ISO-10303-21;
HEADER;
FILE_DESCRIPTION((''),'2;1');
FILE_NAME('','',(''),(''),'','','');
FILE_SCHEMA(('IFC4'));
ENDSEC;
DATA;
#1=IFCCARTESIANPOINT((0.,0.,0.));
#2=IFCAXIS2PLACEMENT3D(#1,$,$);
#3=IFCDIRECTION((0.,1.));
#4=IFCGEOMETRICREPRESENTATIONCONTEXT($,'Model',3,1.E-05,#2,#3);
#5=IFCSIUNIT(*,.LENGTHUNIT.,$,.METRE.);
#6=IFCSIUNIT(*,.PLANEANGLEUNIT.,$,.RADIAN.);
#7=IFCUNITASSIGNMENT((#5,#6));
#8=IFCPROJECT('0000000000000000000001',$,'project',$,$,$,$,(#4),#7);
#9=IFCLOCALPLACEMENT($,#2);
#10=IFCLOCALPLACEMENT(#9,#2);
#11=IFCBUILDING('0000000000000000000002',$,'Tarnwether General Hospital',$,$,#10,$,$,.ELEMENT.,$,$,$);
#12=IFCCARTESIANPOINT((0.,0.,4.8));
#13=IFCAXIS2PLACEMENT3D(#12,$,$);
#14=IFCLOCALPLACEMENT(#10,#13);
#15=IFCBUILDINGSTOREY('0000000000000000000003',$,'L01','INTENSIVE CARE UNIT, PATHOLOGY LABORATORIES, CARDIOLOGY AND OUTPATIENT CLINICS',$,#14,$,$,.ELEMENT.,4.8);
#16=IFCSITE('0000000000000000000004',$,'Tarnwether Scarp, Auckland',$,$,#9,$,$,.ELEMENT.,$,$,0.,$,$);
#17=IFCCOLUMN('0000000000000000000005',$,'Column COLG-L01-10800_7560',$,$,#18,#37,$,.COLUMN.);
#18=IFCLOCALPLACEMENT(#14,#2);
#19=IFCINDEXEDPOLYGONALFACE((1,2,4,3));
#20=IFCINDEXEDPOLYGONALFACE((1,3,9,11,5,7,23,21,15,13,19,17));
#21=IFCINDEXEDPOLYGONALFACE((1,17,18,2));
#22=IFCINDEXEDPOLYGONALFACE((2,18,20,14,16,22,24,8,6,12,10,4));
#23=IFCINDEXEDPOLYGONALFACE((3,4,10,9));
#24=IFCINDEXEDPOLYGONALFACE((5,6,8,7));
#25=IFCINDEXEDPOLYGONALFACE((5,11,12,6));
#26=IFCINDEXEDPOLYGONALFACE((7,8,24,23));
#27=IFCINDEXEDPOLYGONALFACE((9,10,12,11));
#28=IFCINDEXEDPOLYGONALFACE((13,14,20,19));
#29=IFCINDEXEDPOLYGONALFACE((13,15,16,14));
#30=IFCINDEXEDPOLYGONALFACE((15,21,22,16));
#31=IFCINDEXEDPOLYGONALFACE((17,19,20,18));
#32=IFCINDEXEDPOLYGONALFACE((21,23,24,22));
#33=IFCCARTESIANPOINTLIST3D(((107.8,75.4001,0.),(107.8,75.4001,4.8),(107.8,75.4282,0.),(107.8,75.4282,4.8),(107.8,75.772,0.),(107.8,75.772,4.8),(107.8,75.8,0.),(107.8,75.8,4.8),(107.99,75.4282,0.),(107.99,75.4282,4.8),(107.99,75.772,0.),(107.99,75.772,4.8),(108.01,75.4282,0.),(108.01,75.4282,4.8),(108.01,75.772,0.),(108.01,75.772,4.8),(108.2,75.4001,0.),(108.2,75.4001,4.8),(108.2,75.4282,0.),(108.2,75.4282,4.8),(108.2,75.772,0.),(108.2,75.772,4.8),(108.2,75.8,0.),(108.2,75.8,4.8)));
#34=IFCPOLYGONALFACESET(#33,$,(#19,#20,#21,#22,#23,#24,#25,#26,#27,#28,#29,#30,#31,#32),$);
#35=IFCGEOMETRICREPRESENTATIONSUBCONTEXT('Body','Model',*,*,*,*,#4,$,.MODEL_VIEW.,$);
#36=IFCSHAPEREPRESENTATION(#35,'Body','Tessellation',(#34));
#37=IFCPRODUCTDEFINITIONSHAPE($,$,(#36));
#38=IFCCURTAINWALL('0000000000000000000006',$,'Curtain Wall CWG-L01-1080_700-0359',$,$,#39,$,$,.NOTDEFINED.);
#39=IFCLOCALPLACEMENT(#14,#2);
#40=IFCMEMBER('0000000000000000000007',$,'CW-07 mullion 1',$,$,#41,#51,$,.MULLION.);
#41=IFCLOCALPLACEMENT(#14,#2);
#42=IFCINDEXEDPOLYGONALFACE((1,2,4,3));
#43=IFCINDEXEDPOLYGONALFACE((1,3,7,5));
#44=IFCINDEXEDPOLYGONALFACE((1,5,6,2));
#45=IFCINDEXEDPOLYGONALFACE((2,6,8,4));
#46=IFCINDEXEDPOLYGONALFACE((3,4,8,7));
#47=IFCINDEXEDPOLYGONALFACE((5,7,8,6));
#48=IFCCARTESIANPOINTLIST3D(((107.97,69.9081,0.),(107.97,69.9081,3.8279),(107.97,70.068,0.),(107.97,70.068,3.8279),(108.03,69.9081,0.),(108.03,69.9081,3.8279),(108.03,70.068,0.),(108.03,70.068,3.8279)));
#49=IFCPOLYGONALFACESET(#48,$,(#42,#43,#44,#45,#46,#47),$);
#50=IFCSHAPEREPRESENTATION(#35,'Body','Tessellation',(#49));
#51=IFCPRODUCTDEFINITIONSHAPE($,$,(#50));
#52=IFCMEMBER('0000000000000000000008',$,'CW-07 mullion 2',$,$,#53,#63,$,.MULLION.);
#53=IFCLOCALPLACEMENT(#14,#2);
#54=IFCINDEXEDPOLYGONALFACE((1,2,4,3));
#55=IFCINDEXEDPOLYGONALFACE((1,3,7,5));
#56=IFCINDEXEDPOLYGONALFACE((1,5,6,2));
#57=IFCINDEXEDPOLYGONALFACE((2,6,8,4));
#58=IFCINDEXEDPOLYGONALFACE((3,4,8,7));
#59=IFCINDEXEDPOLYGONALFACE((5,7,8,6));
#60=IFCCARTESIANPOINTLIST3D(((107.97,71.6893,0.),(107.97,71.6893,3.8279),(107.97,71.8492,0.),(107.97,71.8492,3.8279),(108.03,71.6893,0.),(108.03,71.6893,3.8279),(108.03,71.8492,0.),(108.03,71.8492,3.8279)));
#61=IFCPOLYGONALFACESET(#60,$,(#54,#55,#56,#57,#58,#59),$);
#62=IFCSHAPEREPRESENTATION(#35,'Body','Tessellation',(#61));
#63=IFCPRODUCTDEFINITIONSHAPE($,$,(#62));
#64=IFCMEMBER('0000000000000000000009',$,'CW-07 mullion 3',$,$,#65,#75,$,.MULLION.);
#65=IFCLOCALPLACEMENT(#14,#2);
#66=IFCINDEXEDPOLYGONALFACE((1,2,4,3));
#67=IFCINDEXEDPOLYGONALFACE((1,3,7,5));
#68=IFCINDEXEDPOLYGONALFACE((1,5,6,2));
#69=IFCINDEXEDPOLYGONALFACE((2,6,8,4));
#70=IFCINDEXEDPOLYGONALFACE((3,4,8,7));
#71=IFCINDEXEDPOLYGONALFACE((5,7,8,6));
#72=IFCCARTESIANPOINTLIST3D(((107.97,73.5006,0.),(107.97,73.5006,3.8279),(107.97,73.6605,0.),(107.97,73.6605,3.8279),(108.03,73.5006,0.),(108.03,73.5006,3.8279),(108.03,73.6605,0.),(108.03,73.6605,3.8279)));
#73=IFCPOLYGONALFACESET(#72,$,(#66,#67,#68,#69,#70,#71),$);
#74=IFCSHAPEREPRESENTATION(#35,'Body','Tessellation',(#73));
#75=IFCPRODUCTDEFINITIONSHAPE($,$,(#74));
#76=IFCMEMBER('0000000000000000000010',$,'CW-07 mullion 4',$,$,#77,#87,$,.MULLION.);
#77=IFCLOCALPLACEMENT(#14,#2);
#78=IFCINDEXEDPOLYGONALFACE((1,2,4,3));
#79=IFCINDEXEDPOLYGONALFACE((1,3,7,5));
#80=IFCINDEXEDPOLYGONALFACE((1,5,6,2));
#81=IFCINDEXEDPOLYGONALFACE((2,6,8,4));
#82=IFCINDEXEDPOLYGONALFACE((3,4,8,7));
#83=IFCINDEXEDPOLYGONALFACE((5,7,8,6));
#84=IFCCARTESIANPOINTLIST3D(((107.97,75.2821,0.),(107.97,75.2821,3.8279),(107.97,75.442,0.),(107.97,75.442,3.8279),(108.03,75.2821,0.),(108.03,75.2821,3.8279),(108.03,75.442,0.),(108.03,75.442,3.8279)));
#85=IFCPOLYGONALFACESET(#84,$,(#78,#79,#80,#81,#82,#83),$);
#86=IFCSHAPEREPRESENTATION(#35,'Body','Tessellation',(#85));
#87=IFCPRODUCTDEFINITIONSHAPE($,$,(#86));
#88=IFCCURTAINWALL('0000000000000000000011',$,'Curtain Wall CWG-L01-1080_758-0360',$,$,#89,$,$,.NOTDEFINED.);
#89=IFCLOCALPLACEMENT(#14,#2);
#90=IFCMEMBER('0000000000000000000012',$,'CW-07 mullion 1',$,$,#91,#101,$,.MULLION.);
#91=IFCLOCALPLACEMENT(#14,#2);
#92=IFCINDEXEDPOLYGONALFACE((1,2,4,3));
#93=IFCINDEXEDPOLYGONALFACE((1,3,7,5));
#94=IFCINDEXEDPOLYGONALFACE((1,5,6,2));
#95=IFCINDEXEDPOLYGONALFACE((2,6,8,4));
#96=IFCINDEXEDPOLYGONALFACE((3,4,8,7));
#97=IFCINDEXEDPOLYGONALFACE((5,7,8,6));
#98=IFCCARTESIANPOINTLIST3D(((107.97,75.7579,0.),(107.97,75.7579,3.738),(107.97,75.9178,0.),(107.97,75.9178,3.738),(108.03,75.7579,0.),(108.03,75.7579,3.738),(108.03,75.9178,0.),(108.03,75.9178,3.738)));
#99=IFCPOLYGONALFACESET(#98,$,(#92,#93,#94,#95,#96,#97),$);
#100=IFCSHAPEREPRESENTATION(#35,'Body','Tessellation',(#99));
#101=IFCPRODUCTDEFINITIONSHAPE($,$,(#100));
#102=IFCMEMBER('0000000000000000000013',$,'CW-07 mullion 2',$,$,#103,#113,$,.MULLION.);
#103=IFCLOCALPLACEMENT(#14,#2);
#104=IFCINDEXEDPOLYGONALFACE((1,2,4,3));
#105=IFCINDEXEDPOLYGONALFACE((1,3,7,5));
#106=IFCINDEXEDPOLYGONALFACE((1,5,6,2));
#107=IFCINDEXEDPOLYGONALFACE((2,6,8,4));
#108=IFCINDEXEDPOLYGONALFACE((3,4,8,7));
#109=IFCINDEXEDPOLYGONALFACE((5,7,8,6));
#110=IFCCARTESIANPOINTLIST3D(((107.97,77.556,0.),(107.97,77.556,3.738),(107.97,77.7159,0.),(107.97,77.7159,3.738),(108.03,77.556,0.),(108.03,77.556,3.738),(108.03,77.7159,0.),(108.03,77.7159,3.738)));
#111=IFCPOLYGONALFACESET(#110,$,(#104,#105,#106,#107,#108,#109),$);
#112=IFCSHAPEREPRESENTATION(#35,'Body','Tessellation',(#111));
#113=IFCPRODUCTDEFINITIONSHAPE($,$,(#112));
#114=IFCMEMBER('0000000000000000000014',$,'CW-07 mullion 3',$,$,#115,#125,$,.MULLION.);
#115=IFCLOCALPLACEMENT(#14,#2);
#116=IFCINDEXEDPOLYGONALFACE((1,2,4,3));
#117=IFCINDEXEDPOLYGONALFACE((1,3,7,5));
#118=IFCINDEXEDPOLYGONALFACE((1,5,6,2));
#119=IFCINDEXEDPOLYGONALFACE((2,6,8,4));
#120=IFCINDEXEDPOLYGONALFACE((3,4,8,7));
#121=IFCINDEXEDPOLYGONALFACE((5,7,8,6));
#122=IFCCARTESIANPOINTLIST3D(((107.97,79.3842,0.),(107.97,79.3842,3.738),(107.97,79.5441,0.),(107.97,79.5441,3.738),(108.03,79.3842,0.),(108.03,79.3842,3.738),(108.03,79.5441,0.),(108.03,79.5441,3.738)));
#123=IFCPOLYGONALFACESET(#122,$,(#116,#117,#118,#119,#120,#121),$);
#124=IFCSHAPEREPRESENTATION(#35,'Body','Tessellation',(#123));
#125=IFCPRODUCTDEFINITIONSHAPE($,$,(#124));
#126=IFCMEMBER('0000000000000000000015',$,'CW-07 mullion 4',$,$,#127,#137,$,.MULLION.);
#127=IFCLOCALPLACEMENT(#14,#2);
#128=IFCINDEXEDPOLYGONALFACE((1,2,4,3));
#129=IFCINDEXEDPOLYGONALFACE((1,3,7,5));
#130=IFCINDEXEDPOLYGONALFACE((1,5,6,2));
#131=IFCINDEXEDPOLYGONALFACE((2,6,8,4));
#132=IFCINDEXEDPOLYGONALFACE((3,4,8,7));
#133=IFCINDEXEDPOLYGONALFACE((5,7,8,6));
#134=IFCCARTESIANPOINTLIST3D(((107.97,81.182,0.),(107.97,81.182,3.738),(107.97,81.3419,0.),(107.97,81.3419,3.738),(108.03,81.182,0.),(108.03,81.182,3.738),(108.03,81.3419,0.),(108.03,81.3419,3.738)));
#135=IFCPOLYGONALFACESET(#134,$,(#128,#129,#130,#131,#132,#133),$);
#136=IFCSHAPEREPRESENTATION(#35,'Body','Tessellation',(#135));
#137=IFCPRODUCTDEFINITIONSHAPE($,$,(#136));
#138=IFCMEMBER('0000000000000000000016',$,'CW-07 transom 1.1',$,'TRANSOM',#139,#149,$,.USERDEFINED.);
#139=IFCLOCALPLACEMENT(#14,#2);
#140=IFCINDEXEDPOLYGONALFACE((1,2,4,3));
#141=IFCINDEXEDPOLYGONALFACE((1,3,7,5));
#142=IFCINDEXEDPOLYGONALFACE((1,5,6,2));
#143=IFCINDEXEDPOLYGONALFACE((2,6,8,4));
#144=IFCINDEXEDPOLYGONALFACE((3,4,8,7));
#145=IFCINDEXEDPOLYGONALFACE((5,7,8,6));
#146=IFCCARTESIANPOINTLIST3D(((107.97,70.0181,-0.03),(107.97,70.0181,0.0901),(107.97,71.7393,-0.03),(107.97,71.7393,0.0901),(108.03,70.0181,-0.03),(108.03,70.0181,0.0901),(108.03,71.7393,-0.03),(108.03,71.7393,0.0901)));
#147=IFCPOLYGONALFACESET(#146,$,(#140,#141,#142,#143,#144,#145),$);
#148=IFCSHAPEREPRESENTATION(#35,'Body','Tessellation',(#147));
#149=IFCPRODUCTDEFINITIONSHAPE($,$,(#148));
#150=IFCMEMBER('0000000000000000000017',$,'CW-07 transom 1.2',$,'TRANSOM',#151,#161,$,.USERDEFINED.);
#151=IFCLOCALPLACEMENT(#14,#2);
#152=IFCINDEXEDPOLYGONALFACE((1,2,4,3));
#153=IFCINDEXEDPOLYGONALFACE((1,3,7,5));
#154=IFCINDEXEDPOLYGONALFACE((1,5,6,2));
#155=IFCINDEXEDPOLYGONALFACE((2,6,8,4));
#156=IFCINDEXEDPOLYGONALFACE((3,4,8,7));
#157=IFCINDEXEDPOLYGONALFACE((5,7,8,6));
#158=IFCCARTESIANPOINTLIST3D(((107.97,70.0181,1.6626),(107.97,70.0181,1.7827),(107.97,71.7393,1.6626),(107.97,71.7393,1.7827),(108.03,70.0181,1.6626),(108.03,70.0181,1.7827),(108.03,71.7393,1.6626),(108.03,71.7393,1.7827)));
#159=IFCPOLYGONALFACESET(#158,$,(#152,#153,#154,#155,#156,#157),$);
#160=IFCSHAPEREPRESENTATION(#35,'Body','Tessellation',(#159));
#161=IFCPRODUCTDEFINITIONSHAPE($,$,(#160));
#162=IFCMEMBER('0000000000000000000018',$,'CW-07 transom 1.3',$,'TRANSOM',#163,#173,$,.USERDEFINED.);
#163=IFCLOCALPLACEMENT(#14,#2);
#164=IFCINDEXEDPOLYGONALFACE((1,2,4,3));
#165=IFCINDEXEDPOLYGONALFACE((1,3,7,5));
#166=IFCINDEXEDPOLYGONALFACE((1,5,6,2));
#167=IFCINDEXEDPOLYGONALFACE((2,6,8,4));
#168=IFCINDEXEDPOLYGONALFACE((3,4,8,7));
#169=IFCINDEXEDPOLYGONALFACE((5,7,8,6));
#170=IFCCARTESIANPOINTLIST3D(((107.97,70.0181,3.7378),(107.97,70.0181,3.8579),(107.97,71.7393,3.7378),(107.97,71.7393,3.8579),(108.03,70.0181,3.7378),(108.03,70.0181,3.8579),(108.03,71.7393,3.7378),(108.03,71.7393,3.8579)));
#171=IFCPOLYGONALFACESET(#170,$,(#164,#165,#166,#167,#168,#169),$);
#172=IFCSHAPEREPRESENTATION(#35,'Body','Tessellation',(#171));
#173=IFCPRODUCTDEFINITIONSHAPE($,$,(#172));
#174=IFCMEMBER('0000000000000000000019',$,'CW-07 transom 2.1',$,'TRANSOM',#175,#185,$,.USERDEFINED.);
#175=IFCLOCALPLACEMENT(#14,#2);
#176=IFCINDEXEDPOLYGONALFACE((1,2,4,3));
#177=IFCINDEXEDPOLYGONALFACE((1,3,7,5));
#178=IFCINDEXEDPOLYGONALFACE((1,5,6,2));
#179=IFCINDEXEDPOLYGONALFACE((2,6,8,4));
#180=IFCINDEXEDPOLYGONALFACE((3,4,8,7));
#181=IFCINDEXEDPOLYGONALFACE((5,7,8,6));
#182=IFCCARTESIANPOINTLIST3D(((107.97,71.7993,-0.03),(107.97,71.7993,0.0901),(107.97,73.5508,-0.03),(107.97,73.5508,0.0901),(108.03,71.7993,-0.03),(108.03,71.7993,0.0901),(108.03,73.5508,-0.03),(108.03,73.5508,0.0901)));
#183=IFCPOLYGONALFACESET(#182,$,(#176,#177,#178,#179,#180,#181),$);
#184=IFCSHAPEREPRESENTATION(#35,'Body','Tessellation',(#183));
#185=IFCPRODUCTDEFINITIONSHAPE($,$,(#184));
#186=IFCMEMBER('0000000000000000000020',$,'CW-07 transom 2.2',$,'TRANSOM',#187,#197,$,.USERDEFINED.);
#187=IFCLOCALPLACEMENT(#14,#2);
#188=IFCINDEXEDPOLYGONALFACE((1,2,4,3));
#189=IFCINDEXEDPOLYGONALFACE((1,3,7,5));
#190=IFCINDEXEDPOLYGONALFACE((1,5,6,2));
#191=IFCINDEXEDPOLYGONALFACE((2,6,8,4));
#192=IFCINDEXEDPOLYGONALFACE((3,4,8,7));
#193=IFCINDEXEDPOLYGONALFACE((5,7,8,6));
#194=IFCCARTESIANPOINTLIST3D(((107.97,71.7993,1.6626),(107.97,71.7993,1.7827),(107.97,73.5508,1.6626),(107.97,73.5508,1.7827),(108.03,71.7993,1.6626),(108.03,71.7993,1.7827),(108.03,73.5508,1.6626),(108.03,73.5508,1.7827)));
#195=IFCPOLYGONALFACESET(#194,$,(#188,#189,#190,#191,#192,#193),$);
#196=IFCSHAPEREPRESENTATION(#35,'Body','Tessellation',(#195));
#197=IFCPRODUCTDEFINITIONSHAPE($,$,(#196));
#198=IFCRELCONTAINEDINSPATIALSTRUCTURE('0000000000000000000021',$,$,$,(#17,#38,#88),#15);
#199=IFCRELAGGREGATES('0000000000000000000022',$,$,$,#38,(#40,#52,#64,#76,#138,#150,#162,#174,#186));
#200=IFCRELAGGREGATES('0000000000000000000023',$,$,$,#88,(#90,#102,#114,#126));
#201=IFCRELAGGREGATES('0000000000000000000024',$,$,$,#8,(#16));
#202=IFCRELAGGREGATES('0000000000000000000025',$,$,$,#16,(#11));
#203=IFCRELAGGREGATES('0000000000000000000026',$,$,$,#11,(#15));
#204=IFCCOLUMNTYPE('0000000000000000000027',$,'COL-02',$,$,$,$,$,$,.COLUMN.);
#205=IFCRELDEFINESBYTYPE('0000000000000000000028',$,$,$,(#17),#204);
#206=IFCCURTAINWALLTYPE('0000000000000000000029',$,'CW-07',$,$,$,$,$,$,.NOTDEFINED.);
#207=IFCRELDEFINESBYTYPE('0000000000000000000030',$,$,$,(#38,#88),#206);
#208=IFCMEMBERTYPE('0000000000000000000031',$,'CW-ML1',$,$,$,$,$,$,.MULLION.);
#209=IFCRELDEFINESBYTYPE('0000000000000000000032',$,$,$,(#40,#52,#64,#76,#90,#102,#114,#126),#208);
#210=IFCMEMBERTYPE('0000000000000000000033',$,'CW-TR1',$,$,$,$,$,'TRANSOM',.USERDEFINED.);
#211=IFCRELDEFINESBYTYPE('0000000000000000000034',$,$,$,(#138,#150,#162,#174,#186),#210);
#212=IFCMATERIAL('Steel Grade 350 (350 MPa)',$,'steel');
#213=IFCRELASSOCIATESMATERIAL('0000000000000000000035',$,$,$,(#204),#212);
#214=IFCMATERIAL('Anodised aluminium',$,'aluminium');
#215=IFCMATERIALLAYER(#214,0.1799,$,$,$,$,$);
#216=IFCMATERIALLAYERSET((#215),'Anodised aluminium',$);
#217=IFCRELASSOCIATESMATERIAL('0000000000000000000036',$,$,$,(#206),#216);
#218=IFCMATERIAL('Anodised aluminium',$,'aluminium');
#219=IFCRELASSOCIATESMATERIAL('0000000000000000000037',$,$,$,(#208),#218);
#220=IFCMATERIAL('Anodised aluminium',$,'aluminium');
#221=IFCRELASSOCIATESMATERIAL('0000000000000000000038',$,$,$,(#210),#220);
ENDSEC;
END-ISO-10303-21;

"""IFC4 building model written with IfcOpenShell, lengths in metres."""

from ifc_helpers import new_model, si_unit, direction, frame, origin, origin_2d, place, context, subcontext, project, spatial, rectangle, i_section, extrude, material, layer, layer_set, material_profile, profile_set, type_object, element, aggregate, save


model = new_model("IFC4")

# Units and contexts
model_context = context("Model", 3, precision=1e-05, world=origin(), true_north=direction((0.0, 1.0)))
body_context = subcontext(model_context, "Body", "Model", "MODEL_VIEW")
ifc_project = project(units=[si_unit("LENGTHUNIT", "METRE"), si_unit("PLANEANGLEUNIT", "RADIAN")], contexts=[model_context])

# Site, building, storey
site_placement = place(None, origin())
site = spatial("IfcSite", under=ifc_project, at=site_placement, Name="Tarnwether Scarp, Auckland", CompositionType="ELEMENT", RefElevation=0.0)
building_placement = place(site_placement, origin())
building = spatial("IfcBuilding", under=site, at=building_placement, Name="Tarnwether General Hospital", CompositionType="ELEMENT")
storey_placement = place(building_placement, frame((0.0, 0.0, 4.8)))
storey = spatial("IfcBuildingStorey", under=building, at=storey_placement, Name="L01", Description="INTENSIVE CARE UNIT, PATHOLOGY LABORATORIES, CARDIOLOGY AND OUTPATIENT CLINICS", CompositionType="ELEMENT", Elevation=4.8)

# Column
ifc_material_1 = material(Name="Steel Grade 350 (350 MPa)", Category="steel")
ifc_material_profile_1 = material_profile(ifc_material_1, i_section(OverallWidth=0.3999, OverallDepth=0.3999, WebThickness=0.02, FlangeThickness=0.0281, at=origin_2d()), Name="400WC270")
ifc_profile_set_1 = profile_set([ifc_material_profile_1], Name="Steel Grade 350 (350 MPa)")
column_type = type_object("IfcColumnType", Name="COL-02", PredefinedType="COLUMN", material=ifc_profile_set_1)
column_placement = place(storey_placement, frame((108.0, 75.6001, 0.0), z_axis=(0.0, 0.0, 1.0), x_axis=(1.0, 0.0, 0.0)))
element("IfcColumn", 1, at=column_placement, inside=storey, type_object=column_type, Name="Column COLG-L01-10800_7560", PredefinedType="COLUMN", context=body_context, shape_type="SweptSolid", body=[
    extrude(i_section(OverallWidth=0.3999, OverallDepth=0.3999, WebThickness=0.02, FlangeThickness=0.0281, at=origin_2d()), origin(), (0.0, 0.0, 1.0), 4.8),
])

# Curtain walls, members
ifc_material_2 = material(Name="Anodised aluminium", Category="aluminium")
ifc_layer_1 = layer(ifc_material_2, 0.1799)
ifc_layer_set_1 = layer_set([ifc_layer_1], Name="Anodised aluminium")
curtain_wall_type = type_object("IfcCurtainWallType", Name="CW-07", PredefinedType="NOTDEFINED", material=ifc_layer_set_1)
curtain_wall_1_placement = place(storey_placement, origin())
curtain_wall_1 = element("IfcCurtainWall", 2, at=curtain_wall_1_placement, inside=storey, type_object=curtain_wall_type, Name="Curtain Wall CWG-L01-1080_700-0359", PredefinedType="NOTDEFINED")
ifc_material_3 = material(Name="Anodised aluminium", Category="aluminium")
ifc_material_profile_2 = material_profile(ifc_material_3, rectangle(XDim=0.0601, YDim=0.1599, at=origin_2d()), Name="ALU-MUL-60x160")
ifc_profile_set_2 = profile_set([ifc_material_profile_2], Name="Anodised aluminium")
member_type_1 = type_object("IfcMemberType", Name="CW-ML1", PredefinedType="MULLION", material=ifc_profile_set_2)
member_1_placement = place(storey_placement, frame((108.0, 69.988, 0.0), z_axis=(0.0, 0.0, 1.0), x_axis=(-1.0, 0.0, 0.0)))
member_1 = element("IfcMember", 3, at=member_1_placement, type_object=member_type_1, Name="CW-07 mullion 1", PredefinedType="MULLION", context=body_context, shape_type="SweptSolid", body=[
    extrude(rectangle(XDim=0.0601, YDim=0.1599, at=origin_2d()), origin(), (0.0, 0.0, 1.0), 3.8279),
])
member_2_placement = place(storey_placement, frame((108.0, 71.7693, 0.0), z_axis=(0.0, 0.0, 1.0), x_axis=(-1.0, 0.0, 0.0)))
member_2 = element("IfcMember", 4, at=member_2_placement, type_object=member_type_1, Name="CW-07 mullion 2", PredefinedType="MULLION", context=body_context, shape_type="SweptSolid", body=[
    extrude(rectangle(XDim=0.0601, YDim=0.1599, at=origin_2d()), origin(), (0.0, 0.0, 1.0), 3.8279),
])
member_3_placement = place(storey_placement, frame((108.0, 73.5806, 0.0), z_axis=(0.0, 0.0, 1.0), x_axis=(-1.0, 0.0, 0.0)))
member_3 = element("IfcMember", 5, at=member_3_placement, type_object=member_type_1, Name="CW-07 mullion 3", PredefinedType="MULLION", context=body_context, shape_type="SweptSolid", body=[
    extrude(rectangle(XDim=0.0601, YDim=0.1599, at=origin_2d()), origin(), (0.0, 0.0, 1.0), 3.8279),
])
member_4_placement = place(storey_placement, frame((108.0, 75.3621, 0.0), z_axis=(0.0, 0.0, 1.0), x_axis=(-1.0, 0.0, 0.0)))
member_4 = element("IfcMember", 6, at=member_4_placement, type_object=member_type_1, Name="CW-07 mullion 4", PredefinedType="MULLION", context=body_context, shape_type="SweptSolid", body=[
    extrude(rectangle(XDim=0.0601, YDim=0.1599, at=origin_2d()), origin(), (0.0, 0.0, 1.0), 3.8279),
])
curtain_wall_2_placement = place(storey_placement, origin())
curtain_wall_2 = element("IfcCurtainWall", 7, at=curtain_wall_2_placement, inside=storey, type_object=curtain_wall_type, Name="Curtain Wall CWG-L01-1080_758-0360", PredefinedType="NOTDEFINED")
member_5_placement = place(storey_placement, frame((108.0, 75.8379, 0.0), z_axis=(0.0, 0.0, 1.0), x_axis=(-1.0, 0.0, 0.0)))
member_5 = element("IfcMember", 8, at=member_5_placement, type_object=member_type_1, Name="CW-07 mullion 1", PredefinedType="MULLION", context=body_context, shape_type="SweptSolid", body=[
    extrude(rectangle(XDim=0.0601, YDim=0.1599, at=origin_2d()), origin(), (0.0, 0.0, 1.0), 3.738),
])
member_6_placement = place(storey_placement, frame((108.0, 77.636, 0.0), z_axis=(0.0, 0.0, 1.0), x_axis=(-1.0, 0.0, 0.0)))
member_6 = element("IfcMember", 9, at=member_6_placement, type_object=member_type_1, Name="CW-07 mullion 2", PredefinedType="MULLION", context=body_context, shape_type="SweptSolid", body=[
    extrude(rectangle(XDim=0.0601, YDim=0.1599, at=origin_2d()), origin(), (0.0, 0.0, 1.0), 3.738),
])
member_7_placement = place(storey_placement, frame((108.0, 79.4641, 0.0), z_axis=(0.0, 0.0, 1.0), x_axis=(-1.0, 0.0, 0.0)))
member_7 = element("IfcMember", 10, at=member_7_placement, type_object=member_type_1, Name="CW-07 mullion 3", PredefinedType="MULLION", context=body_context, shape_type="SweptSolid", body=[
    extrude(rectangle(XDim=0.0601, YDim=0.1599, at=origin_2d()), origin(), (0.0, 0.0, 1.0), 3.738),
])
member_8_placement = place(storey_placement, frame((108.0, 81.262, 0.0), z_axis=(0.0, 0.0, 1.0), x_axis=(-1.0, 0.0, 0.0)))
member_8 = element("IfcMember", 11, at=member_8_placement, type_object=member_type_1, Name="CW-07 mullion 4", PredefinedType="MULLION", context=body_context, shape_type="SweptSolid", body=[
    extrude(rectangle(XDim=0.0601, YDim=0.1599, at=origin_2d()), origin(), (0.0, 0.0, 1.0), 3.738),
])

# Members
ifc_material_4 = material(Name="Anodised aluminium", Category="aluminium")
ifc_material_profile_3 = material_profile(ifc_material_4, rectangle(XDim=0.0601, YDim=0.1201, at=origin_2d()), Name="ALU-TRN-60x120")
ifc_profile_set_3 = profile_set([ifc_material_profile_3], Name="Anodised aluminium")
member_type_2 = type_object("IfcMemberType", Name="CW-TR1", ElementType="TRANSOM", PredefinedType="USERDEFINED", material=ifc_profile_set_3)
member_9_placement = place(storey_placement, frame((108.0, 70.0181, 0.03), z_axis=(0.0, 1.0, 0.0), x_axis=(-1.0, 0.0, 0.0)))
member_9 = element("IfcMember", 12, at=member_9_placement, type_object=member_type_2, Name="CW-07 transom 1.1", ObjectType="TRANSOM", PredefinedType="USERDEFINED", context=body_context, shape_type="SweptSolid", body=[
    extrude(rectangle(XDim=0.0601, YDim=0.1201, at=origin_2d()), origin(), (0.0, 0.0, 1.0), 1.7212),
])
member_10_placement = place(storey_placement, frame((108.0, 70.0181, 1.7227), z_axis=(0.0, 1.0, 0.0), x_axis=(-1.0, 0.0, 0.0)))
member_10 = element("IfcMember", 13, at=member_10_placement, type_object=member_type_2, Name="CW-07 transom 1.2", ObjectType="TRANSOM", PredefinedType="USERDEFINED", context=body_context, shape_type="SweptSolid", body=[
    extrude(rectangle(XDim=0.0601, YDim=0.1201, at=origin_2d()), origin(), (0.0, 0.0, 1.0), 1.7212),
])
member_11_placement = place(storey_placement, frame((108.0, 70.0181, 3.7979), z_axis=(0.0, 1.0, 0.0), x_axis=(-1.0, 0.0, 0.0)))
member_11 = element("IfcMember", 14, at=member_11_placement, type_object=member_type_2, Name="CW-07 transom 1.3", ObjectType="TRANSOM", PredefinedType="USERDEFINED", context=body_context, shape_type="SweptSolid", body=[
    extrude(rectangle(XDim=0.0601, YDim=0.1201, at=origin_2d()), origin(), (0.0, 0.0, 1.0), 1.7212),
])
member_12_placement = place(storey_placement, frame((108.0, 71.7993, 0.03), z_axis=(0.0, 1.0, 0.0), x_axis=(-1.0, 0.0, 0.0)))
member_12 = element("IfcMember", 15, at=member_12_placement, type_object=member_type_2, Name="CW-07 transom 2.1", ObjectType="TRANSOM", PredefinedType="USERDEFINED", context=body_context, shape_type="SweptSolid", body=[
    extrude(rectangle(XDim=0.0601, YDim=0.1201, at=origin_2d()), origin(), (0.0, 0.0, 1.0), 1.7515),
])
member_13_placement = place(storey_placement, frame((108.0, 71.7993, 1.7227), z_axis=(0.0, 1.0, 0.0), x_axis=(-1.0, 0.0, 0.0)))
member_13 = element("IfcMember", 16, at=member_13_placement, type_object=member_type_2, Name="CW-07 transom 2.2", ObjectType="TRANSOM", PredefinedType="USERDEFINED", context=body_context, shape_type="SweptSolid", body=[
    extrude(rectangle(XDim=0.0601, YDim=0.1201, at=origin_2d()), origin(), (0.0, 0.0, 1.0), 1.7515),
])

aggregate(curtain_wall_1, [member_1, member_2, member_3, member_4, member_9, member_10, member_11, member_12, member_13])
aggregate(curtain_wall_2, [member_5, member_6, member_7, member_8])

save(model, "model.ifc")
